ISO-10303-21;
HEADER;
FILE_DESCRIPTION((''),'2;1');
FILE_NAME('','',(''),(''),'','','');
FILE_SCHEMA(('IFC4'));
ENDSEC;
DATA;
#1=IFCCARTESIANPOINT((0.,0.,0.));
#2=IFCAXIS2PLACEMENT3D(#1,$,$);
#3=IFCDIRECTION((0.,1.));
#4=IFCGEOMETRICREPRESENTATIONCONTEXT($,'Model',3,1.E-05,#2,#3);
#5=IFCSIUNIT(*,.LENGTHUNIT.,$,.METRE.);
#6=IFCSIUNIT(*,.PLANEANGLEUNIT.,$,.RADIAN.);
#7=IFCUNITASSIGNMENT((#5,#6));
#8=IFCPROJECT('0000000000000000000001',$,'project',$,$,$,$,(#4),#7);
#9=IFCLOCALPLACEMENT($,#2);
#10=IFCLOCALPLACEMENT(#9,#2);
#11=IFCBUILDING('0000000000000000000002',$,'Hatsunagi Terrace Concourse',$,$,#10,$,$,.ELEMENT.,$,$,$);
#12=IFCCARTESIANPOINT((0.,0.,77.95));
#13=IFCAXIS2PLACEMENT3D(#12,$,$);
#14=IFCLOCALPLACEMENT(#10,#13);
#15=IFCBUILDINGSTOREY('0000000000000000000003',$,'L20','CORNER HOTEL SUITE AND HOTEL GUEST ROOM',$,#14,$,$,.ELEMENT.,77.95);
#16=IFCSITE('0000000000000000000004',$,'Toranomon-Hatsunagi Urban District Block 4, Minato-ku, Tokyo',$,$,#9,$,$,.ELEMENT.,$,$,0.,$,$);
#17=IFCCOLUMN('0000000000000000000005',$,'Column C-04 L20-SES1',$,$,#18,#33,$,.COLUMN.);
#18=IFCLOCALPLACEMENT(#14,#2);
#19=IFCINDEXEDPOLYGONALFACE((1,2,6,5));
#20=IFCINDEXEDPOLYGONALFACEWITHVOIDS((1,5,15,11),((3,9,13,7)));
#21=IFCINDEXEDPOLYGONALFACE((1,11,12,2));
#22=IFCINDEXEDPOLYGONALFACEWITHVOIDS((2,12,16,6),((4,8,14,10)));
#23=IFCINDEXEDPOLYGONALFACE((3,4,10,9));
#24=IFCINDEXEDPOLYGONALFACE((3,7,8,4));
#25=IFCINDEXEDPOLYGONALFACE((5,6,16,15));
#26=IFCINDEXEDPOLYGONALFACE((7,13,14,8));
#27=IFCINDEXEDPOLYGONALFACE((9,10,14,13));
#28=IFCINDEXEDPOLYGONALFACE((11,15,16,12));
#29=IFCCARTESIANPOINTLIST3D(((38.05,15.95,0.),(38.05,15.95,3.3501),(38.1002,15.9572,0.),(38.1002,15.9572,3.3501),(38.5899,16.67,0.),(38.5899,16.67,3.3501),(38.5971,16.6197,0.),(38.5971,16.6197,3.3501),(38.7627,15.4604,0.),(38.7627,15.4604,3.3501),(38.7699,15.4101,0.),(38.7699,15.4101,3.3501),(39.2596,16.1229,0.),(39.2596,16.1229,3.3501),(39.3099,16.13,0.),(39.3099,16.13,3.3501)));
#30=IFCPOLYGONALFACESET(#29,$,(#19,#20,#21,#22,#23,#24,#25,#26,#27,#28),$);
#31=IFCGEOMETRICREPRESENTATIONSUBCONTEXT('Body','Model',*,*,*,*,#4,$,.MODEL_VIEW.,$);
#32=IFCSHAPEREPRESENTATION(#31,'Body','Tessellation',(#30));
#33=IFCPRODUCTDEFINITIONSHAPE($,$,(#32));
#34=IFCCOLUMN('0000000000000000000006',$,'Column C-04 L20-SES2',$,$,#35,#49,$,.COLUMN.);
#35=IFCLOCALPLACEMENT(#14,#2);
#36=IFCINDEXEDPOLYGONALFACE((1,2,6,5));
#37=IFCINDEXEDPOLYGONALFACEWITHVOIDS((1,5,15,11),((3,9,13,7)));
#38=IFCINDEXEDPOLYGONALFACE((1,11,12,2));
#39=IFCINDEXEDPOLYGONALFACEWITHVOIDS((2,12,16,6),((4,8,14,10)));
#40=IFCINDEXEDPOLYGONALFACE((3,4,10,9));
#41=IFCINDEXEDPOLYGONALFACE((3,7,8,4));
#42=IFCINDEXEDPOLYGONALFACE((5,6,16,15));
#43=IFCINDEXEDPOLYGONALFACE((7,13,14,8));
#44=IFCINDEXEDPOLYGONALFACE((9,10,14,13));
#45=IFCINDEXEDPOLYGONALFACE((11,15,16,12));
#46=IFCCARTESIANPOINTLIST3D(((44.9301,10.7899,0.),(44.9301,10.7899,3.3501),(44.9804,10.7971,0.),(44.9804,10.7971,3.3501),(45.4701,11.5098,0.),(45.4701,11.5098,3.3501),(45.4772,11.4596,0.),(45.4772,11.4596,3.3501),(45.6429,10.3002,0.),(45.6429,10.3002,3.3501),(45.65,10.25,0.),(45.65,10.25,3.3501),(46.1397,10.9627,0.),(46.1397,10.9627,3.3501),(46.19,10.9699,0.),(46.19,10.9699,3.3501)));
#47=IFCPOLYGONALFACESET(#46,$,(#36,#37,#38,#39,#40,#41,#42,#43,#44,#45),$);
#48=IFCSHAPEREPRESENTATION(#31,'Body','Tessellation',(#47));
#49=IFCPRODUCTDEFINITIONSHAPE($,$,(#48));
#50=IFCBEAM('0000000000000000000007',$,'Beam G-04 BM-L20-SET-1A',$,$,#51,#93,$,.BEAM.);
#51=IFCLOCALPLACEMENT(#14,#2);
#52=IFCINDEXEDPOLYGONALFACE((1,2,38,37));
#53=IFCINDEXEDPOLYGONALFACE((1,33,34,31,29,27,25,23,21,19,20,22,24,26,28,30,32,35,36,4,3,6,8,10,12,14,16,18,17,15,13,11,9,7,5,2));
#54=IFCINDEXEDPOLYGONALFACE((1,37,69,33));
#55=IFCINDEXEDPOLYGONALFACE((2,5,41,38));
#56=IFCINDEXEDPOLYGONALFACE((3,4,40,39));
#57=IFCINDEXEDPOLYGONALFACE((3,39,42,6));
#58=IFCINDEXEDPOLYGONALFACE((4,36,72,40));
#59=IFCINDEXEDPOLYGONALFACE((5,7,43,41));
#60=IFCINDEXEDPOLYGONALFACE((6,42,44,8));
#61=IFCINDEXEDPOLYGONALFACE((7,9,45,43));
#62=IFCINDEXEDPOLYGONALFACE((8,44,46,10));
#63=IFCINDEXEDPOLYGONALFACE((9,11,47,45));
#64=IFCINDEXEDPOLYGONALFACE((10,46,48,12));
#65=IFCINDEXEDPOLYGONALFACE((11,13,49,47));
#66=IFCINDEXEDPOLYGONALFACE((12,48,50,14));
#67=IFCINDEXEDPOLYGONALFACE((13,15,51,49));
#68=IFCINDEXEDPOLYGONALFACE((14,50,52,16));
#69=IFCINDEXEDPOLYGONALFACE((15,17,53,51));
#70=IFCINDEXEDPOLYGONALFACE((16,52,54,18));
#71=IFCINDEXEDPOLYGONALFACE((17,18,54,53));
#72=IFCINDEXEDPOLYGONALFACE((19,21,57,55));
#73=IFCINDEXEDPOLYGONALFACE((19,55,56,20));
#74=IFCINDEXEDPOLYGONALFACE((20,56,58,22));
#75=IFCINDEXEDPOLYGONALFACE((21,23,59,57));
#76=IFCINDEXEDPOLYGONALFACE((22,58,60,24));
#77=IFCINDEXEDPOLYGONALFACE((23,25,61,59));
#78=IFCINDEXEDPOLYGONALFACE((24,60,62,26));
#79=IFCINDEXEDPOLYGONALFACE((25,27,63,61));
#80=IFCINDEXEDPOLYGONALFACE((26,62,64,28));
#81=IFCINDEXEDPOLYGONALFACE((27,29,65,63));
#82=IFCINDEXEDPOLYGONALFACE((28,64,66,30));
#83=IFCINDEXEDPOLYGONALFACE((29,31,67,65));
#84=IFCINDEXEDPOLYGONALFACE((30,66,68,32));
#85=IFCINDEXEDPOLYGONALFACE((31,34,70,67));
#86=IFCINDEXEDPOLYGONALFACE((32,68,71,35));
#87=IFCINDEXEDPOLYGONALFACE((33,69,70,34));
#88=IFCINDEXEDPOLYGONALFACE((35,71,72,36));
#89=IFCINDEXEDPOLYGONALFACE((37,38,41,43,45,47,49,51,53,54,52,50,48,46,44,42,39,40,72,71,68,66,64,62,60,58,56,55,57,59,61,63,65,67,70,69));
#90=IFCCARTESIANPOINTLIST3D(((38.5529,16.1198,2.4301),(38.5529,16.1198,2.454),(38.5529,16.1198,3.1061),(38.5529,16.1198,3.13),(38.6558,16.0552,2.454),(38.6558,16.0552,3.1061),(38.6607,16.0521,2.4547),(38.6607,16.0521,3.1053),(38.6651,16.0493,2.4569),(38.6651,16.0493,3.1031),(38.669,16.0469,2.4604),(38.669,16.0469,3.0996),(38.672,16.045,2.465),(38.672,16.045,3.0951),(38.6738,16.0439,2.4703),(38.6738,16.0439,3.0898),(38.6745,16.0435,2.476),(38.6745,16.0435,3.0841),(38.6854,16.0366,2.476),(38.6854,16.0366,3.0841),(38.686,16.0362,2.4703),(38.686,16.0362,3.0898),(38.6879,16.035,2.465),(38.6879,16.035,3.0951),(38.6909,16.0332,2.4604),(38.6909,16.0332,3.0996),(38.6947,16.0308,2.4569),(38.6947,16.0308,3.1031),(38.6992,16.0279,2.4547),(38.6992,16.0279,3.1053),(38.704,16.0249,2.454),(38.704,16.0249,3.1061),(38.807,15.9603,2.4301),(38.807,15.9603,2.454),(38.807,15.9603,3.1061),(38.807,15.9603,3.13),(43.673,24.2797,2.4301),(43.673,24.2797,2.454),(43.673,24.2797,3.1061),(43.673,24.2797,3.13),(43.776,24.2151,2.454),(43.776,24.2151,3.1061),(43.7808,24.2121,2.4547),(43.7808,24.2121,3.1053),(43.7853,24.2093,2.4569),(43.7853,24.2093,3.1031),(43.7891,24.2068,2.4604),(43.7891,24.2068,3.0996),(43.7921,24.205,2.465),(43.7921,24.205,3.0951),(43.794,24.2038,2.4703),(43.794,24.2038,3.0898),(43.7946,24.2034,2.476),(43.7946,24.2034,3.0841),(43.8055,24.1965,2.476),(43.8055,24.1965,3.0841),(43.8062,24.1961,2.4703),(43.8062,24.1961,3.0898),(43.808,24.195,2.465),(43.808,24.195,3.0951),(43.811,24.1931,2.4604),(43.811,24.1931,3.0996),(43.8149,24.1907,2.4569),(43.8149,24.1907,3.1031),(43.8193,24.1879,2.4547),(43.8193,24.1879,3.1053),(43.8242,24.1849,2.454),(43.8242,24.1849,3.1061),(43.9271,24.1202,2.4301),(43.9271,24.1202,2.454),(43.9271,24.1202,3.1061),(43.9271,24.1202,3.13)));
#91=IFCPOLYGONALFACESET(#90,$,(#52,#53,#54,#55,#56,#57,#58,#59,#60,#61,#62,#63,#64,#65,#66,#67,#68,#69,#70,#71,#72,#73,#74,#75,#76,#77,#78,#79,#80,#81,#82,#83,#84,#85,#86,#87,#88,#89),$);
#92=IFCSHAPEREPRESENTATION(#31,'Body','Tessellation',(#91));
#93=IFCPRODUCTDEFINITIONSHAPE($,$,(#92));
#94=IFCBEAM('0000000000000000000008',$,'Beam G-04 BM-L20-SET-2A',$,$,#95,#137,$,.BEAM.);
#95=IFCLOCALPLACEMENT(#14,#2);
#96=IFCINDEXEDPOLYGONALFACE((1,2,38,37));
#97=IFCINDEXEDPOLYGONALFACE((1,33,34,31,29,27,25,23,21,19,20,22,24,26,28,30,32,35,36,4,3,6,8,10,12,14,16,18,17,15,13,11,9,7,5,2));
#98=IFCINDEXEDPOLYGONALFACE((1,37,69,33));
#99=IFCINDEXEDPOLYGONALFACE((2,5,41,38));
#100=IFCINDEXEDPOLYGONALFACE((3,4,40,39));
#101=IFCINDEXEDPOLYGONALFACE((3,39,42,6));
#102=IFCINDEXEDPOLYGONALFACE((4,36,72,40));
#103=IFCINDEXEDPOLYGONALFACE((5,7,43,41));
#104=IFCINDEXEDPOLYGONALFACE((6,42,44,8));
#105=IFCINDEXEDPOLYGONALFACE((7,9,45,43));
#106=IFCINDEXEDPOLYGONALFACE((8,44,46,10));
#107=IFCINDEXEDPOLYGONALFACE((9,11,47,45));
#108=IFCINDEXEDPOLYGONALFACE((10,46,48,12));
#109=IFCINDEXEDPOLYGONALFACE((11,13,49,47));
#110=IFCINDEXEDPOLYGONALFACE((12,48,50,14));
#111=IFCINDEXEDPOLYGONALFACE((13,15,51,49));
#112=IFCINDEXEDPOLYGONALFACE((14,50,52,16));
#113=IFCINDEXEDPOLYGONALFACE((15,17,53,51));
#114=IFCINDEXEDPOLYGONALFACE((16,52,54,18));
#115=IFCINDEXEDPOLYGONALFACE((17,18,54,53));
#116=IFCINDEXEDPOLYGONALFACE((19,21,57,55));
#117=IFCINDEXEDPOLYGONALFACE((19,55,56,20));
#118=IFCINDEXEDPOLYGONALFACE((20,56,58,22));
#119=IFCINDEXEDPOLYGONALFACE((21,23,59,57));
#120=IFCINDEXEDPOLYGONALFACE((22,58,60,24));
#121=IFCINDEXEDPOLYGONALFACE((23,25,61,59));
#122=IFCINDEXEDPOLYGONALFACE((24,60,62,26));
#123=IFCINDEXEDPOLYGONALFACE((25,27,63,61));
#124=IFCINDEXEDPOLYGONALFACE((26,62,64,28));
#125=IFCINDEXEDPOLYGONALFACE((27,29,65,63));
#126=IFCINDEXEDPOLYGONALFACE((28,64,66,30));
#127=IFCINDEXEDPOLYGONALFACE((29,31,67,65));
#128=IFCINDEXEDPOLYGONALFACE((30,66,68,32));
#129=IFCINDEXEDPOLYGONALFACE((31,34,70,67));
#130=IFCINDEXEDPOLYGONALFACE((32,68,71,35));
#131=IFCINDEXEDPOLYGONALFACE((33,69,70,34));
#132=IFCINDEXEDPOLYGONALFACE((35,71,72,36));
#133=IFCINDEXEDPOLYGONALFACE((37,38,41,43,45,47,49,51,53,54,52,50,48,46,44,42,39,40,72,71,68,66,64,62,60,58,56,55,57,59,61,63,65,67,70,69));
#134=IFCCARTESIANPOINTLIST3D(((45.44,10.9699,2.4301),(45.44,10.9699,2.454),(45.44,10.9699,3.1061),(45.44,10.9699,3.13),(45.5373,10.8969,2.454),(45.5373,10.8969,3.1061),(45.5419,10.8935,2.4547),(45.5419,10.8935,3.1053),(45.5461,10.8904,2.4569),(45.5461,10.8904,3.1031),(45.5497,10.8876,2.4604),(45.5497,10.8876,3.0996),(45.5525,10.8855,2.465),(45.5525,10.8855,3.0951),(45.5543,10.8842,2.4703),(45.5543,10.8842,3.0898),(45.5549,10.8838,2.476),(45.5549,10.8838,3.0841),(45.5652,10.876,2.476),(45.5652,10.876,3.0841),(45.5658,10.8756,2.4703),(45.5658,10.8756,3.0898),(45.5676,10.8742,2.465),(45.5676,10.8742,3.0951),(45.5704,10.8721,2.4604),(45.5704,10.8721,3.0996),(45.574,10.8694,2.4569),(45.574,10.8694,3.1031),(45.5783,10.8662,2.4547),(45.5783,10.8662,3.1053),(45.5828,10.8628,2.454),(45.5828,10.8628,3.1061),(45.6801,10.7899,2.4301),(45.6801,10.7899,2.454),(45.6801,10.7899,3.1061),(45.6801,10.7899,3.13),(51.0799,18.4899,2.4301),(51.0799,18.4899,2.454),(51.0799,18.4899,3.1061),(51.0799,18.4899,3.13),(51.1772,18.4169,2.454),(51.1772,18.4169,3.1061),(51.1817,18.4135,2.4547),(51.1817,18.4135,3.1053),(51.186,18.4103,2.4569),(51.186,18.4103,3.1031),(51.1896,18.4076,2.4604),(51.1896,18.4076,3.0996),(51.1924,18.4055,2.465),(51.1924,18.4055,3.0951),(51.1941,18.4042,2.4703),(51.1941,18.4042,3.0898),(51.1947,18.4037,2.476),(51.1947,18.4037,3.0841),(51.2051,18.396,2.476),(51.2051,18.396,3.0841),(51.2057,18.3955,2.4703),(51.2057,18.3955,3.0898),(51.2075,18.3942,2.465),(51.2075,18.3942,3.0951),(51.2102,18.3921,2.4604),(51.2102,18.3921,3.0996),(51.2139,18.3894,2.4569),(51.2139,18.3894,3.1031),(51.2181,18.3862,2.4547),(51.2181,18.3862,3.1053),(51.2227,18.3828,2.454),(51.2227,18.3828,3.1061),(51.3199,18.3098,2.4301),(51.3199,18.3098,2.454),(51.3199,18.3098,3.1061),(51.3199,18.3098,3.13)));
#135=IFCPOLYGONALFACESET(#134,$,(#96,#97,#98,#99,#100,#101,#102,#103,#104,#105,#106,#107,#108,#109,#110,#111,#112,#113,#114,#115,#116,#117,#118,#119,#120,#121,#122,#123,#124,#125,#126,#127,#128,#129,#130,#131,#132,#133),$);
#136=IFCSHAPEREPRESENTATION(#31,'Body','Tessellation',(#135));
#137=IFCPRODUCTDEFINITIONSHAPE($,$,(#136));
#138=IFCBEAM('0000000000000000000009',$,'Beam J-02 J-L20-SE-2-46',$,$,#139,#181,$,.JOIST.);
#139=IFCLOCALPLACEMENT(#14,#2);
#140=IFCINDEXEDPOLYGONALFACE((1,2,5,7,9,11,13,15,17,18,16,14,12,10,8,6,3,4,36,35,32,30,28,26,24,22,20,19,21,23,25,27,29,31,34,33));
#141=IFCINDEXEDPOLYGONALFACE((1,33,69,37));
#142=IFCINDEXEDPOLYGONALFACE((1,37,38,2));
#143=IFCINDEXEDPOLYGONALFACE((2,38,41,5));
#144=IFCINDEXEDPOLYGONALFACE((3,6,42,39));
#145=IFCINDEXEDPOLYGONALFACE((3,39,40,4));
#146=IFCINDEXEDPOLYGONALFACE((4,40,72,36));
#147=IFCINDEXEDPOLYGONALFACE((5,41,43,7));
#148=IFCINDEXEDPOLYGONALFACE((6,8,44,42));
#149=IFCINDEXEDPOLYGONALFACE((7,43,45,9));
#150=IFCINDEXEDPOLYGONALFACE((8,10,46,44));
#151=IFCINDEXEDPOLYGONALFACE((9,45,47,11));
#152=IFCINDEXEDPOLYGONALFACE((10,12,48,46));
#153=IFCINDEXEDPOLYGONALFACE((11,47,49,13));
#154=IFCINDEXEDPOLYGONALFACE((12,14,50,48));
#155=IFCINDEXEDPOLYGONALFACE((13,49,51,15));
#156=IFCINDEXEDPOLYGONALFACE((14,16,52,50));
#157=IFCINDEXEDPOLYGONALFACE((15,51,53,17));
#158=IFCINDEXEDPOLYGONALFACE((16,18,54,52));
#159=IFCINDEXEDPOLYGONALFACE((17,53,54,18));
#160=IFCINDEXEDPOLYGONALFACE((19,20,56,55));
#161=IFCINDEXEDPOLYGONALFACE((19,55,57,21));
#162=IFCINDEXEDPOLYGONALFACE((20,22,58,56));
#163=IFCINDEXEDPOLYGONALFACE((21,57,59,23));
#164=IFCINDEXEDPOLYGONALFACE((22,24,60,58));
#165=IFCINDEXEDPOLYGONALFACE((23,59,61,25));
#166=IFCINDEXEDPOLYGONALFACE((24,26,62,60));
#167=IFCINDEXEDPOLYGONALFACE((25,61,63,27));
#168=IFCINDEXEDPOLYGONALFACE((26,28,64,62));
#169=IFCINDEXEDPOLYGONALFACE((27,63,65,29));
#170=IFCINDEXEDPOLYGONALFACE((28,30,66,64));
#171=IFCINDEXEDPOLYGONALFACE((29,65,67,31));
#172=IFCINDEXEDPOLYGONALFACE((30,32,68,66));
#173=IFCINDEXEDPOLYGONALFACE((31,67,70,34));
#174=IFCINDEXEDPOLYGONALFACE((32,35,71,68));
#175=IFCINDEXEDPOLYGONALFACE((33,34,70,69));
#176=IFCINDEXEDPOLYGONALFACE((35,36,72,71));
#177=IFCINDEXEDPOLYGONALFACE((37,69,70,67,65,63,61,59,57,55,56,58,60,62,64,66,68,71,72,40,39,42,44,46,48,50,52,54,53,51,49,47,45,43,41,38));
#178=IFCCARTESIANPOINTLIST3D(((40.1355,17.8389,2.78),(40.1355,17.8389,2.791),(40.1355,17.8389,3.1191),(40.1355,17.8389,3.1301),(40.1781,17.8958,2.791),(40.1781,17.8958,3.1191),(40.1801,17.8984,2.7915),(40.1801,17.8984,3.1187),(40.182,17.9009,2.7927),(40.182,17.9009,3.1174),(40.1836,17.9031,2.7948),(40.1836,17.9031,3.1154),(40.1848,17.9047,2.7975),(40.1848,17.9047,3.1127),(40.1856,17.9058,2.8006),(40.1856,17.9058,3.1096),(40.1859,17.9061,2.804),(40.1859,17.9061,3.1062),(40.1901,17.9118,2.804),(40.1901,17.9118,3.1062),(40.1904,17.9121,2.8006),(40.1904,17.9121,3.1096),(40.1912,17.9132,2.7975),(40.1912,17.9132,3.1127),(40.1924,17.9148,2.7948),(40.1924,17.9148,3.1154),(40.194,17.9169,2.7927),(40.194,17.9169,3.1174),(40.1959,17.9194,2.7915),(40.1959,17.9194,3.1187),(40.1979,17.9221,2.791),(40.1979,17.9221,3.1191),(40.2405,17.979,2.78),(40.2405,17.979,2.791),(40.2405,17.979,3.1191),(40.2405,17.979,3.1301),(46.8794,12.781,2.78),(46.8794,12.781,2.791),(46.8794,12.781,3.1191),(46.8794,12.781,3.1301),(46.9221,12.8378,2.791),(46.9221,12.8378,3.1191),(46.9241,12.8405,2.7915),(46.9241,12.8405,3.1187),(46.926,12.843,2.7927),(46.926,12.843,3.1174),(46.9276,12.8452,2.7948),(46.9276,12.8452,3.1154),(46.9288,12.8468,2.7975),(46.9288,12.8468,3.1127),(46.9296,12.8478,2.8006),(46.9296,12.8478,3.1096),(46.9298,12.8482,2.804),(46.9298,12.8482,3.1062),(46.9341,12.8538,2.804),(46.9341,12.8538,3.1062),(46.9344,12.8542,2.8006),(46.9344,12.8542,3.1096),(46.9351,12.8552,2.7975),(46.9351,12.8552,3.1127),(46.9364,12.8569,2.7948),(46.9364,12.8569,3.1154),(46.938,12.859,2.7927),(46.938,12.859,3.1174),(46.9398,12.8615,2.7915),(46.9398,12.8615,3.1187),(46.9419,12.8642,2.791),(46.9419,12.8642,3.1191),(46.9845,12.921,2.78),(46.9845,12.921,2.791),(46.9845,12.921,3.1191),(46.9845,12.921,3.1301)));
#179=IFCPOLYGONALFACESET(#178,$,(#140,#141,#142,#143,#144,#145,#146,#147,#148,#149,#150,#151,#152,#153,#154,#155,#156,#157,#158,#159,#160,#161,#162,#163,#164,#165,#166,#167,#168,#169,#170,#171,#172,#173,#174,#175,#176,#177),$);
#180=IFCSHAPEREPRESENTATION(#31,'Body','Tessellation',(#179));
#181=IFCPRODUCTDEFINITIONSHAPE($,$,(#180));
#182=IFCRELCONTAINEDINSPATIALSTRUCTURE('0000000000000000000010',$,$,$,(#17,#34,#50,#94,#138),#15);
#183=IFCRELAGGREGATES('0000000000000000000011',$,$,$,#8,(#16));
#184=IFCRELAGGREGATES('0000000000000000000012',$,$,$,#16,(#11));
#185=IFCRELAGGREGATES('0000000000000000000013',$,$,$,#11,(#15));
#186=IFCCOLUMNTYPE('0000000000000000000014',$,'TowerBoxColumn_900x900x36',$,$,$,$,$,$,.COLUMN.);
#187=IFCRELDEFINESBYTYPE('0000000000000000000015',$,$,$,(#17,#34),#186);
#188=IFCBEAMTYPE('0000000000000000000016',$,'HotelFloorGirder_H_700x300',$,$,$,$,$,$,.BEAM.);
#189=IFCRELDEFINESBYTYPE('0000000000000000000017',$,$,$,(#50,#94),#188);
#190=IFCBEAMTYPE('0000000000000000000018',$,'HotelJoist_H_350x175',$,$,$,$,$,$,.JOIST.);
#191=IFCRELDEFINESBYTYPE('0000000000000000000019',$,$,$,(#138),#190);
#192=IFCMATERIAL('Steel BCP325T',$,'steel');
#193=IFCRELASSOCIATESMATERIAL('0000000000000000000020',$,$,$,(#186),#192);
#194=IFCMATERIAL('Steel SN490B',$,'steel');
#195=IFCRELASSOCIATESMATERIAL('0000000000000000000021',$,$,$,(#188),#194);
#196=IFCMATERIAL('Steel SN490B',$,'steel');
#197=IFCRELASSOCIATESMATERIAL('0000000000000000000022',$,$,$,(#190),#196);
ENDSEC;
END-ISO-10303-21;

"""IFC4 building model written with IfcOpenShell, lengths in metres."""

from ifc_helpers import new_model, si_unit, direction, frame, origin, origin_2d, place, context, subcontext, project, spatial, hollow_rectangle, i_section, extrude, material, material_profile, profile_set, type_object, element, save


model = new_model("IFC4")

# Units and contexts
model_context = context("Model", 3, precision=1e-05, world=origin(), true_north=direction((0.0, 1.0)))
body_context = subcontext(model_context, "Body", "Model", "MODEL_VIEW")
ifc_project = project(units=[si_unit("LENGTHUNIT", "METRE"), si_unit("PLANEANGLEUNIT", "RADIAN")], contexts=[model_context])

# Site, building, storey
site_placement = place(None, origin())
site = spatial("IfcSite", under=ifc_project, at=site_placement, Name="Toranomon-Hatsunagi Urban District Block 4, Minato-ku, Tokyo", CompositionType="ELEMENT", RefElevation=0.0)
building_placement = place(site_placement, origin())
building = spatial("IfcBuilding", under=site, at=building_placement, Name="Hatsunagi Terrace Concourse", CompositionType="ELEMENT")
storey_placement = place(building_placement, frame((0.0, 0.0, 77.95)))
storey = spatial("IfcBuildingStorey", under=building, at=storey_placement, Name="L20", Description="CORNER HOTEL SUITE AND HOTEL GUEST ROOM", CompositionType="ELEMENT", Elevation=77.95)

# Columns
ifc_material_1 = material(Name="Steel BCP325T", Category="steel")
ifc_material_profile_1 = material_profile(ifc_material_1, hollow_rectangle(XDim=0.8999, YDim=0.8999, WallThickness=0.0359, at=origin_2d()), Name="BCP-900x900x36")
ifc_profile_set_1 = profile_set([ifc_material_profile_1], Name="Steel BCP325T")
column_type = type_object("IfcColumnType", Name="TowerBoxColumn_900x900x36", PredefinedType="COLUMN", material=ifc_profile_set_1)
for number, where, z_axis, x_axis, name in (
    (1, (38.6799, 16.04, 0.0), (0.0, 0.0, 1.0), (0.8, -0.6, 0.0), "Column C-04 L20-SES1"),
    (2, (45.5601, 10.8799, 0.0), (0.0, 0.0, 1.0), (0.8, -0.6, 0.0), "Column C-04 L20-SES2"),
):
    element("IfcColumn", number, at=place(storey_placement, frame(where, z_axis=z_axis, x_axis=x_axis)), inside=storey, type_object=column_type, Name=name, PredefinedType="COLUMN", context=body_context, shape_type="SweptSolid", body=[
        extrude(hollow_rectangle(XDim=0.8999, YDim=0.8999, WallThickness=0.0359, at=origin_2d()), origin(), (0.0, 0.0, 1.0), 3.3501),
    ])

# Beams
ifc_material_2 = material(Name="Steel SN490B", Category="steel")
ifc_material_profile_2 = material_profile(ifc_material_2, i_section(OverallWidth=0.3, OverallDepth=0.7, WebThickness=0.0129, FlangeThickness=0.0239, FilletRadius=0.022, at=origin_2d()), Name="H-700x300x13x24")
ifc_profile_set_2 = profile_set([ifc_material_profile_2], Name="Steel SN490B")
beam_type_1 = type_object("IfcBeamType", Name="HotelFloorGirder_H_700x300", PredefinedType="BEAM", material=ifc_profile_set_2)
beam_1_placement = place(storey_placement, frame((38.6799, 16.04, 2.78), z_axis=(0.531504, 0.847056, 0.0), x_axis=(-0.847056, 0.531504, 0.0)))
element("IfcBeam", 3, at=beam_1_placement, inside=storey, type_object=beam_type_1, Name="Beam G-04 BM-L20-SET-1A", PredefinedType="BEAM", context=body_context, shape_type="SweptSolid", body=[
    extrude(i_section(OverallWidth=0.3, OverallDepth=0.7, WebThickness=0.0129, FlangeThickness=0.0239, FilletRadius=0.022, at=origin_2d()), origin(), (0.0, 0.0, 1.0), 9.6333),
])
beam_2_placement = place(storey_placement, frame((45.5601, 10.8799, 2.78), z_axis=(0.599992, 0.800006, 0.0), x_axis=(-0.800006, 0.599992, 0.0)))
element("IfcBeam", 4, at=beam_2_placement, inside=storey, type_object=beam_type_1, Name="Beam G-04 BM-L20-SET-2A", PredefinedType="BEAM", context=body_context, shape_type="SweptSolid", body=[
    extrude(i_section(OverallWidth=0.3, OverallDepth=0.7, WebThickness=0.0129, FlangeThickness=0.0239, FilletRadius=0.022, at=origin_2d()), origin(), (0.0, 0.0, 1.0), 9.3999),
])
ifc_material_3 = material(Name="Steel SN490B", Category="steel")
ifc_material_profile_3 = material_profile(ifc_material_3, i_section(OverallWidth=0.175, OverallDepth=0.3501, WebThickness=0.0071, FlangeThickness=0.011, FilletRadius=0.0129, at=origin_2d()), Name="H-350x175x7x11")
ifc_profile_set_3 = profile_set([ifc_material_profile_3], Name="Steel SN490B")
beam_type_2 = type_object("IfcBeamType", Name="HotelJoist_H_350x175", PredefinedType="JOIST", material=ifc_profile_set_3)
for number, where, z_axis, x_axis, name in (
    (5, (40.188, 17.9089, 2.9551), (0.800003, -0.599995, 0.0), (0.599995, 0.800003, 0.0), "Beam J-02 J-L20-SE-2-46"),
):
    element("IfcBeam", number, at=place(storey_placement, frame(where, z_axis=z_axis, x_axis=x_axis)), inside=storey, type_object=beam_type_2, Name=name, PredefinedType="JOIST", context=body_context, shape_type="SweptSolid", body=[
        extrude(i_section(OverallWidth=0.175, OverallDepth=0.3501, WebThickness=0.0071, FlangeThickness=0.011, FilletRadius=0.0129, at=origin_2d()), origin(), (0.0, 0.0, 1.0), 8.4299),
    ])

save(model, "model.ifc")
